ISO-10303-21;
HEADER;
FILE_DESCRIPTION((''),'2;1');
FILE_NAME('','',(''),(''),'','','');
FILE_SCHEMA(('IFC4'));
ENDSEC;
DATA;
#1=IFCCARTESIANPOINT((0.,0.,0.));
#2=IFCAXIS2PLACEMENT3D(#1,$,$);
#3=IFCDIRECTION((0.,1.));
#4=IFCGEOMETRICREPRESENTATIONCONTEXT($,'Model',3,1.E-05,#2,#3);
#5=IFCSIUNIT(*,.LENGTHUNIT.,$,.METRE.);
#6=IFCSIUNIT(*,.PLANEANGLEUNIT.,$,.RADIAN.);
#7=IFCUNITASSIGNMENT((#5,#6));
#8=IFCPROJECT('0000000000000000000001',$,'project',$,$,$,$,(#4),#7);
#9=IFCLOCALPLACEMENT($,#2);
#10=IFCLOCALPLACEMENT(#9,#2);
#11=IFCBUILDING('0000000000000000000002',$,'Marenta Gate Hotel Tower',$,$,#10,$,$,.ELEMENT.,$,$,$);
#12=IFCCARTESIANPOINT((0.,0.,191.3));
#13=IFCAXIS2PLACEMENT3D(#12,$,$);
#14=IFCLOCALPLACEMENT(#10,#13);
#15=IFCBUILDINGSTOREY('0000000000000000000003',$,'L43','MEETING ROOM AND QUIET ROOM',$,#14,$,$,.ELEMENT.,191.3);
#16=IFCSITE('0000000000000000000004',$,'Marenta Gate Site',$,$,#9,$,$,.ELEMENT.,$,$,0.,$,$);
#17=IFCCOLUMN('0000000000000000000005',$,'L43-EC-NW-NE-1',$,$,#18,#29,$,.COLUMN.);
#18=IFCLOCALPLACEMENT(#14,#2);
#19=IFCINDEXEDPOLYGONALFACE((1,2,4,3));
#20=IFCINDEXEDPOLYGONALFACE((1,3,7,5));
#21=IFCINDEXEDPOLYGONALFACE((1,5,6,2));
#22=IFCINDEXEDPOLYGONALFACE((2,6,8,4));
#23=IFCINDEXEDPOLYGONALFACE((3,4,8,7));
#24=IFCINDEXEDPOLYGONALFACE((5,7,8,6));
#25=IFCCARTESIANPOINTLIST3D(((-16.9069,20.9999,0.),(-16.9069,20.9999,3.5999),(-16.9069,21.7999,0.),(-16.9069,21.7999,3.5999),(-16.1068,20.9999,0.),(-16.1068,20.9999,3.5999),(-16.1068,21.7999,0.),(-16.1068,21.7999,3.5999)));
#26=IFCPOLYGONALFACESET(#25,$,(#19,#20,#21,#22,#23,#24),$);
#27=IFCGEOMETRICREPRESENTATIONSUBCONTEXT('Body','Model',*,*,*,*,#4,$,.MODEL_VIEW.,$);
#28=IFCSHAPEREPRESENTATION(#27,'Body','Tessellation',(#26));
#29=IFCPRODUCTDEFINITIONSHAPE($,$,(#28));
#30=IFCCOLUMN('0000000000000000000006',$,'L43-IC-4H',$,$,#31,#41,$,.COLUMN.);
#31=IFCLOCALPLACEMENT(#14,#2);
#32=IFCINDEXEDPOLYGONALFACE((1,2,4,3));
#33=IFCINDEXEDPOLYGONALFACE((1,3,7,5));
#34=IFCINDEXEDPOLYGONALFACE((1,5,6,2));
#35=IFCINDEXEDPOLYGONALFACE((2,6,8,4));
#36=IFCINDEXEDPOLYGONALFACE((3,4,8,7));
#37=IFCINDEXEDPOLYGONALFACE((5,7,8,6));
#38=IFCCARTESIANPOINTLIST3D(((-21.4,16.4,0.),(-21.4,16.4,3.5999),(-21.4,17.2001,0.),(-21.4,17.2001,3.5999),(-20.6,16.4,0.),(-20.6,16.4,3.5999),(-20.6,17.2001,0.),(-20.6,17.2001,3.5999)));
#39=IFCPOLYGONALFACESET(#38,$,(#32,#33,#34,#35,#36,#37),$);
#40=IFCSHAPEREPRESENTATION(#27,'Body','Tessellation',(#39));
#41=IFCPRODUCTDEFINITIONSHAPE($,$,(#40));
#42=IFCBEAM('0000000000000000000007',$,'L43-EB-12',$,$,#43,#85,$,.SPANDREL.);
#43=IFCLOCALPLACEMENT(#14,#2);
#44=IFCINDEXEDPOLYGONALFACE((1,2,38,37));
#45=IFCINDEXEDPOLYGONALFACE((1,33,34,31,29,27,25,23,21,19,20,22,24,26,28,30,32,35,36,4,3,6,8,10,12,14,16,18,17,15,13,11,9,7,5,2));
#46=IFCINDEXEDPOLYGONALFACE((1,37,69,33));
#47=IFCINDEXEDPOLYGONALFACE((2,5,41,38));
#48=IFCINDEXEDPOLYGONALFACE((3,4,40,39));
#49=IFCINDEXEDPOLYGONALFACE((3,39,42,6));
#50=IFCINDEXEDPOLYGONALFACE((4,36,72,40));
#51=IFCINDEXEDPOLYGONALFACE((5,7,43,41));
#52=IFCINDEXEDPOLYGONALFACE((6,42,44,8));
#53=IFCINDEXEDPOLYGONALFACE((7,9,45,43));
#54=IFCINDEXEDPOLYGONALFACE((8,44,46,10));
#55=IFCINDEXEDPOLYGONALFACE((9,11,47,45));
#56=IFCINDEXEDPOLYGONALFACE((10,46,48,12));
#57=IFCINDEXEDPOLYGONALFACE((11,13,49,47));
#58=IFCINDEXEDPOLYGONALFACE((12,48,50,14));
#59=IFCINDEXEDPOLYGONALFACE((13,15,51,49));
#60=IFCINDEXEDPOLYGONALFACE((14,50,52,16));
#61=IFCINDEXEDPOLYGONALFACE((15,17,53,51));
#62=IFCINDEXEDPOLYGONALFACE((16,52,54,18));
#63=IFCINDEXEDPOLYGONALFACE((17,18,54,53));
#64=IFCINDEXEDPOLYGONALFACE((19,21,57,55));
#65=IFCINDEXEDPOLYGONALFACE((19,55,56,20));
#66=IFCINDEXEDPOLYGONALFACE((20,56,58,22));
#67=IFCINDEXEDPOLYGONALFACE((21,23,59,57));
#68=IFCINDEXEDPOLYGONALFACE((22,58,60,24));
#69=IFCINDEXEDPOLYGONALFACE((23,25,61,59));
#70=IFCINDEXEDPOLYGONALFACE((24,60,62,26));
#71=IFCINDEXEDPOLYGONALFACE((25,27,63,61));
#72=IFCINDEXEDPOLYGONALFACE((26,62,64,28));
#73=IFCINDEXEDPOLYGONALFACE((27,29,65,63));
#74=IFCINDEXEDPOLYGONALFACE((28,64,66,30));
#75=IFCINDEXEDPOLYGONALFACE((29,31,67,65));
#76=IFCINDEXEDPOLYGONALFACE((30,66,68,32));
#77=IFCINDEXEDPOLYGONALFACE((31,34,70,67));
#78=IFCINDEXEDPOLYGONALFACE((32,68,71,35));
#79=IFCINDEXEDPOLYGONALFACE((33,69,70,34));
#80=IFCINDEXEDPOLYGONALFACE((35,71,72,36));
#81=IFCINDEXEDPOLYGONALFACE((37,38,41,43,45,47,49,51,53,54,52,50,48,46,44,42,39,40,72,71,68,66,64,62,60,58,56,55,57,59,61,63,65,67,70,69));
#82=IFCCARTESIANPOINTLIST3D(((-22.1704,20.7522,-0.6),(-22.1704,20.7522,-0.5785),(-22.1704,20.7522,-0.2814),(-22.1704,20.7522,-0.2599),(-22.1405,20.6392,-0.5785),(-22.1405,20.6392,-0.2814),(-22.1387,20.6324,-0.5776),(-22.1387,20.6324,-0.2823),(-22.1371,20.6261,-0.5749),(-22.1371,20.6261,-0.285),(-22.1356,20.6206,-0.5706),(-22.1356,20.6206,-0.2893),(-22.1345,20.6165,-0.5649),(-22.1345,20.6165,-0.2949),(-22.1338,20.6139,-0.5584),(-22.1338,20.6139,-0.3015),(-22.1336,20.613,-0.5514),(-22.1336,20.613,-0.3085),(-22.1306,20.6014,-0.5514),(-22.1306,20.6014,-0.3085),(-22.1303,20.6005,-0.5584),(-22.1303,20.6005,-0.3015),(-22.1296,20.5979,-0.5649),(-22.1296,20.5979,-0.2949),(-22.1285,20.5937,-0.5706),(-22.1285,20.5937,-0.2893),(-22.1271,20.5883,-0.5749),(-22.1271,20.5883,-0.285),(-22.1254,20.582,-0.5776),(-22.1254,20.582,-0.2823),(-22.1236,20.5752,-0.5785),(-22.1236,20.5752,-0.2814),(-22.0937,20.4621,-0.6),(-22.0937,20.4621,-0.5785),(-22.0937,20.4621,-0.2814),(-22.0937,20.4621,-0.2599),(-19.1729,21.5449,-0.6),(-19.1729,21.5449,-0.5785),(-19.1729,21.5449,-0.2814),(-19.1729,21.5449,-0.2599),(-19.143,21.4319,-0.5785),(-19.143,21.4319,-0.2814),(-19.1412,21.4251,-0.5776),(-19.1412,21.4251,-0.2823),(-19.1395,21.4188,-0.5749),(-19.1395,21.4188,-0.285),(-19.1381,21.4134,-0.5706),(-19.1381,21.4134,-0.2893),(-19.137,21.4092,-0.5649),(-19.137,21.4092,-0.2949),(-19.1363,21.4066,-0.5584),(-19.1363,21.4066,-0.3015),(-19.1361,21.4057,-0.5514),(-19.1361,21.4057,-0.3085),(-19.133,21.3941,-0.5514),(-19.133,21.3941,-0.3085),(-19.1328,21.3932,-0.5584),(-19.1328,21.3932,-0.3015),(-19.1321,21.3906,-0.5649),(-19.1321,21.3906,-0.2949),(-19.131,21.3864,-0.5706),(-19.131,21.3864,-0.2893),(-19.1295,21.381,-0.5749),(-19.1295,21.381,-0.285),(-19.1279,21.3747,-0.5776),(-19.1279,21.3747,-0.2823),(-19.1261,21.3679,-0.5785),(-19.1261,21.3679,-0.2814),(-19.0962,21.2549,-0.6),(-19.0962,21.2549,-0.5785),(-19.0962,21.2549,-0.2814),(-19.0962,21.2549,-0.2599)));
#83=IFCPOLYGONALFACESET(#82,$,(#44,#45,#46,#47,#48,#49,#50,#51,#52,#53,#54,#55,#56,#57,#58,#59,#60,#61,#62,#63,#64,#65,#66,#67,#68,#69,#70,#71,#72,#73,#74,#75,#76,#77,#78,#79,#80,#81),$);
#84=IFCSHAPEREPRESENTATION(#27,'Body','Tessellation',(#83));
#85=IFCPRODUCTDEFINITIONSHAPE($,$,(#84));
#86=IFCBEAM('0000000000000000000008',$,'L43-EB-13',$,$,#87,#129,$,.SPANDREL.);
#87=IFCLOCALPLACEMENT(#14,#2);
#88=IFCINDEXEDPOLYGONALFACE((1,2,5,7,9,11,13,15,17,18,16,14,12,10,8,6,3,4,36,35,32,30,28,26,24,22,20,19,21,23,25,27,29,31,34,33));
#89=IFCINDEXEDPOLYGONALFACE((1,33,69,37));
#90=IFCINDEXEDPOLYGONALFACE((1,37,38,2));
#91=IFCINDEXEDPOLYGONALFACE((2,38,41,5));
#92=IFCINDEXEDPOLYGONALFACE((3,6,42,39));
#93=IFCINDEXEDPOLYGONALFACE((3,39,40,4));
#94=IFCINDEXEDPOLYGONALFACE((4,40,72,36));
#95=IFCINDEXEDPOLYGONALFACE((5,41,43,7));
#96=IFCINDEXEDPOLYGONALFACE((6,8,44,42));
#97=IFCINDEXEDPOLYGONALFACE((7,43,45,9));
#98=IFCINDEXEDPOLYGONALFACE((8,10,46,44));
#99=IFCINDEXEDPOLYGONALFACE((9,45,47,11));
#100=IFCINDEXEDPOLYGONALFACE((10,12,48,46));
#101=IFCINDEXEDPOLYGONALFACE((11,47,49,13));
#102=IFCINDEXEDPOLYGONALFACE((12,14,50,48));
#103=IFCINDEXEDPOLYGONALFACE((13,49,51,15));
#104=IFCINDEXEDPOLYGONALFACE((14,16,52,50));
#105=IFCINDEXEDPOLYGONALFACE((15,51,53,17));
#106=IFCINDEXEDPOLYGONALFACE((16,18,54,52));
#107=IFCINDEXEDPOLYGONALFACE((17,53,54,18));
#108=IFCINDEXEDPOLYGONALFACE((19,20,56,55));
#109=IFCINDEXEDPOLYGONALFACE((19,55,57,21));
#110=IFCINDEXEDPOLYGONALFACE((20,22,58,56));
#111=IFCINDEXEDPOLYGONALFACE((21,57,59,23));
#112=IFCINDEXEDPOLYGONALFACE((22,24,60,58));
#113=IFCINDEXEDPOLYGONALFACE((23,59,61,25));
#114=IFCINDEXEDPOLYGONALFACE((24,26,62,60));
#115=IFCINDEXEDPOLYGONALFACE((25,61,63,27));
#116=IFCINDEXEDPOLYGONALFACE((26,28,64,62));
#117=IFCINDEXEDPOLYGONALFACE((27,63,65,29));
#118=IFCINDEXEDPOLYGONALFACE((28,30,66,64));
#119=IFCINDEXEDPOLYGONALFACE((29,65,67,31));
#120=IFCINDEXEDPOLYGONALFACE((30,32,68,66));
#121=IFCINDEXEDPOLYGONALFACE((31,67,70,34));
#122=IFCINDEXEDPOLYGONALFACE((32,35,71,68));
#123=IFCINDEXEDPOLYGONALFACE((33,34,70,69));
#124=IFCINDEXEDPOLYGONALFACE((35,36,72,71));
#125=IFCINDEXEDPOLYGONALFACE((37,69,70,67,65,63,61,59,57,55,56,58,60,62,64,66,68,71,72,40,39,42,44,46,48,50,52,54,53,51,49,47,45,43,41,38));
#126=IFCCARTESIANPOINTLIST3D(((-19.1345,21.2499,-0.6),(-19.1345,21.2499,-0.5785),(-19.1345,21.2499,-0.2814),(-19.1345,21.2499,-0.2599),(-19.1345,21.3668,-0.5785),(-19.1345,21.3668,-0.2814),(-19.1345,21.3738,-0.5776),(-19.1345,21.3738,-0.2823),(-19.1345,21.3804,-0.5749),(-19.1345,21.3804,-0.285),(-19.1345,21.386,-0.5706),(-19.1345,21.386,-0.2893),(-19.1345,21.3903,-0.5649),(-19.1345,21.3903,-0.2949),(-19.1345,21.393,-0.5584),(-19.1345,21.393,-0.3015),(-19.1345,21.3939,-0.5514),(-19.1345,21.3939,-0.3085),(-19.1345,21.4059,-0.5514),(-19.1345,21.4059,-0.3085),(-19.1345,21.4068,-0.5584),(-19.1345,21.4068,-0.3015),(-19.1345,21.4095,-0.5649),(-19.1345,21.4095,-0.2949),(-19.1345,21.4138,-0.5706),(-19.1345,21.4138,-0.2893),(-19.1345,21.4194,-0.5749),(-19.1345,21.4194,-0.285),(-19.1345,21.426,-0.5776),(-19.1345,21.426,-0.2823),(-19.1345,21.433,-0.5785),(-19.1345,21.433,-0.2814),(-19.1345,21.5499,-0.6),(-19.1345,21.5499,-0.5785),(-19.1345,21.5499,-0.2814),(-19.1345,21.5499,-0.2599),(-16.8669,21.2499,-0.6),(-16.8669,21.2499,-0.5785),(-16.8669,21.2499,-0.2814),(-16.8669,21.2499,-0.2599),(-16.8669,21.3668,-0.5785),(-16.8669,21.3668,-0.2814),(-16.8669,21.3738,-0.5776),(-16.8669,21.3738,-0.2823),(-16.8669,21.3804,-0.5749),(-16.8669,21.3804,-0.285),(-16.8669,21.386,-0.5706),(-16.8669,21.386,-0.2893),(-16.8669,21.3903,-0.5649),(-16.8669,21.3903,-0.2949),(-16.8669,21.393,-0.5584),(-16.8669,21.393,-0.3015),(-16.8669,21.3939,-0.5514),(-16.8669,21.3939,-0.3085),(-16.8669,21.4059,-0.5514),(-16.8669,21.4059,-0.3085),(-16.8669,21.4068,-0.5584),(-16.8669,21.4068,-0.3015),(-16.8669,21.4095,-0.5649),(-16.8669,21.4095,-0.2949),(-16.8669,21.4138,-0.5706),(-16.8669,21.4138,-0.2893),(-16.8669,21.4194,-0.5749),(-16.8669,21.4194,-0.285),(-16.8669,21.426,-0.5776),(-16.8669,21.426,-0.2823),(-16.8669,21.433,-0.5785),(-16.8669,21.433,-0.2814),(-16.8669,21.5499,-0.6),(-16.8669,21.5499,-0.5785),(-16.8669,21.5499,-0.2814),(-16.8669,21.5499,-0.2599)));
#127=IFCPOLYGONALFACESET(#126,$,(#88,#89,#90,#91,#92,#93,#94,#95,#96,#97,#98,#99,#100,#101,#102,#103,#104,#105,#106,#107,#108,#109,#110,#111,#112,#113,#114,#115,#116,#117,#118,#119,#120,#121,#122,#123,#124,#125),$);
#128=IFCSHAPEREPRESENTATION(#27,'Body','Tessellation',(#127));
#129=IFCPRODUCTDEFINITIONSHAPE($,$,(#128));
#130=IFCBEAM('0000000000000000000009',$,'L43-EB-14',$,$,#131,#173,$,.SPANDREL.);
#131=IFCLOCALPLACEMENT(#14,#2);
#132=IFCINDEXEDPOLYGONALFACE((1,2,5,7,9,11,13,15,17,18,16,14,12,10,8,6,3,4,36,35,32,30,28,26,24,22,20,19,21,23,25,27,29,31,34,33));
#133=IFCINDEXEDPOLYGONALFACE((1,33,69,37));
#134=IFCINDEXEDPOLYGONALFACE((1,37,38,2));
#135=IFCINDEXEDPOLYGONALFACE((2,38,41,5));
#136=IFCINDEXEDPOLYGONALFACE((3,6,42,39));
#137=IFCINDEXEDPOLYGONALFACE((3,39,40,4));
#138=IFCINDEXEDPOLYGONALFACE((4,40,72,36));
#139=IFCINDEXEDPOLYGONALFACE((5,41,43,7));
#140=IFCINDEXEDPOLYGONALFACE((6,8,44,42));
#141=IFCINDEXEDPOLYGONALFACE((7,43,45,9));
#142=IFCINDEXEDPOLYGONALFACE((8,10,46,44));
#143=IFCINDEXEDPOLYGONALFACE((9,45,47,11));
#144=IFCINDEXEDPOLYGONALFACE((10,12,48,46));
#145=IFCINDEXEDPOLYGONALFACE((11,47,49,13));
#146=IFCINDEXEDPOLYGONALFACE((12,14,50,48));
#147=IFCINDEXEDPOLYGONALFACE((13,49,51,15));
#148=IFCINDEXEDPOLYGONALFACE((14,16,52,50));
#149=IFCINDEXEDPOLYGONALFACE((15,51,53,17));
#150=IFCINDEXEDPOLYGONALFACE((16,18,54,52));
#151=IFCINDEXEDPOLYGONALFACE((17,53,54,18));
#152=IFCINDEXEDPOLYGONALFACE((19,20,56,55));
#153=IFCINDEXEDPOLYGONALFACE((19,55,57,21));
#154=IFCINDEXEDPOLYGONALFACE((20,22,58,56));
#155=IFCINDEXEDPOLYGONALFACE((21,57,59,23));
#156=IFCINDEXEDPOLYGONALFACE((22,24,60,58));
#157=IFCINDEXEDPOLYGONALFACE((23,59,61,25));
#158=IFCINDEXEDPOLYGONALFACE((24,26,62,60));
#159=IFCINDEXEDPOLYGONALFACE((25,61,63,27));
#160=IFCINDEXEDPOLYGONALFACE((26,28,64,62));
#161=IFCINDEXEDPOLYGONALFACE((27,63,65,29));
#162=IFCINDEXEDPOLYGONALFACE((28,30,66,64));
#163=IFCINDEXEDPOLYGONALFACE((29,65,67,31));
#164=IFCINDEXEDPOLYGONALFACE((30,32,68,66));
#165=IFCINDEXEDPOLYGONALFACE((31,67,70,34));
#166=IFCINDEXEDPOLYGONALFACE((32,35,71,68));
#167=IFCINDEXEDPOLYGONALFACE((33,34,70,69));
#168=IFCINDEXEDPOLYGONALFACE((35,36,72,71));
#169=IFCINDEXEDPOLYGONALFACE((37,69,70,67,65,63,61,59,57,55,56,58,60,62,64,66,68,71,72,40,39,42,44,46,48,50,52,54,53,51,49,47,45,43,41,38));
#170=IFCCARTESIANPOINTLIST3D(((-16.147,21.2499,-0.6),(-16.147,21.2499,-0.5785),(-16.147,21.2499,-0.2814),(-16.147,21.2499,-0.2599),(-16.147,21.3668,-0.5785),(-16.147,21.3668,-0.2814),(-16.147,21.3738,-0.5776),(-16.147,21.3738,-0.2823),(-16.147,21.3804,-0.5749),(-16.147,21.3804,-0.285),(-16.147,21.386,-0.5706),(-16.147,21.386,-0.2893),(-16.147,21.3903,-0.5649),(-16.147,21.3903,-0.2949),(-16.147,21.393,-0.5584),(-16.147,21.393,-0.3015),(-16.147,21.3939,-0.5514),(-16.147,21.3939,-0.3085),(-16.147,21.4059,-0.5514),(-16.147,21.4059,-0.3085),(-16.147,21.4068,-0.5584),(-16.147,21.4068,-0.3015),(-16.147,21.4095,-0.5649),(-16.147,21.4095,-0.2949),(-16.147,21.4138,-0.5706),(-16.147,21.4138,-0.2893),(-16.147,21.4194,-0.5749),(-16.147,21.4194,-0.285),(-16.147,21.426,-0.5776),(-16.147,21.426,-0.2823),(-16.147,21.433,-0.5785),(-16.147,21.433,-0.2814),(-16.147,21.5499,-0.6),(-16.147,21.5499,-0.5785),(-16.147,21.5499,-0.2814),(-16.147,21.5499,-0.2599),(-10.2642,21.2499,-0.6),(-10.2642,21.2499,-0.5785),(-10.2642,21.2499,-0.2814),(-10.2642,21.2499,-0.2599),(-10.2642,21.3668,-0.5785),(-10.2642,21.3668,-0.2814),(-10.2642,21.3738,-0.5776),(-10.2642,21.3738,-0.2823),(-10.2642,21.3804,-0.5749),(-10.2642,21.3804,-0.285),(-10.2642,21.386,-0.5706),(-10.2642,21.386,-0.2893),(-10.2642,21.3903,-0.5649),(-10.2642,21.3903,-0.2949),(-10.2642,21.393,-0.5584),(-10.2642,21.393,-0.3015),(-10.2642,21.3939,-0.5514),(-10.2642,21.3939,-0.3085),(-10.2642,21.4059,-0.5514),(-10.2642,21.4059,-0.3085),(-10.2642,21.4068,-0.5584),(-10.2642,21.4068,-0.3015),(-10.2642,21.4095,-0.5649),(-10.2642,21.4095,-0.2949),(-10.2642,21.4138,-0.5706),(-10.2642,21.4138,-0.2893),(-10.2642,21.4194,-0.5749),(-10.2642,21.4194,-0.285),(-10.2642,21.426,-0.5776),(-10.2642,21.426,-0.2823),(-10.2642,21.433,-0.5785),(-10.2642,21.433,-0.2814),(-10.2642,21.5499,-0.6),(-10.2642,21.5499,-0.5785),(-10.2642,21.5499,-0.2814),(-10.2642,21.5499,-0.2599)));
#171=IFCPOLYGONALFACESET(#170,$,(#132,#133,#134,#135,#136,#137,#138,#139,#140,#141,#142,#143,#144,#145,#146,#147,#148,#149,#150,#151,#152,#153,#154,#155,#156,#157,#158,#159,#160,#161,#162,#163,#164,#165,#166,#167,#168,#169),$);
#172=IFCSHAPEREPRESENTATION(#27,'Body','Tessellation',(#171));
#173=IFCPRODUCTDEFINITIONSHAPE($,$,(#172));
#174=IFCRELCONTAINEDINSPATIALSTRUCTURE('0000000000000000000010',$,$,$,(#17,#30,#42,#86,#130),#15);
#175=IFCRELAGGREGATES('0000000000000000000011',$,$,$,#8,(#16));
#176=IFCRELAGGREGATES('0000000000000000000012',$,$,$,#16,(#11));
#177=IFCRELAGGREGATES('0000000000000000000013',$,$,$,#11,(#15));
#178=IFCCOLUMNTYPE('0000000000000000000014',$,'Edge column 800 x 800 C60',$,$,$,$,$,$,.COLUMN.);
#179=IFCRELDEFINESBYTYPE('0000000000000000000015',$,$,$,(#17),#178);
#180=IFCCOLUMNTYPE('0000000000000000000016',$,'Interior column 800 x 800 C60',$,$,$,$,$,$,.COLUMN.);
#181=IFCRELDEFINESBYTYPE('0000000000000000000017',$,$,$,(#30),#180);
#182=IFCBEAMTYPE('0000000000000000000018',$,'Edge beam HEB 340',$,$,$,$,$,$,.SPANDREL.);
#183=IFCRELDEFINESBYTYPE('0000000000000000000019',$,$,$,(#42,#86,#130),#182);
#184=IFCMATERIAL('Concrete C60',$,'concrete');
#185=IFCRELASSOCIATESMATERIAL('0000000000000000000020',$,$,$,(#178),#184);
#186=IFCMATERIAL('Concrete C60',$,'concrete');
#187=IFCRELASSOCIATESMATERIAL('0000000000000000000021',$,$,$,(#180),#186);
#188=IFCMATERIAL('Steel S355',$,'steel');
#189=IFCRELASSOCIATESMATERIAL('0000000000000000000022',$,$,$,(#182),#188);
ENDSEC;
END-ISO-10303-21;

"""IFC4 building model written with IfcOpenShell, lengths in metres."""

from ifc_helpers import new_model, si_unit, direction, frame, origin, origin_2d, place, context, subcontext, project, spatial, rectangle, i_section, extrude, material, material_profile, profile_set, type_object, element, save


model = new_model("IFC4")

# Units and contexts
model_context = context("Model", 3, precision=1e-05, world=origin(), true_north=direction((0.0, 1.0)))
body_context = subcontext(model_context, "Body", "Model", "MODEL_VIEW")
ifc_project = project(units=[si_unit("LENGTHUNIT", "METRE"), si_unit("PLANEANGLEUNIT", "RADIAN")], contexts=[model_context])

# Site, building, storey
site_placement = place(None, origin())
site = spatial("IfcSite", under=ifc_project, at=site_placement, Name="Marenta Gate Site", CompositionType="ELEMENT", RefElevation=0.0)
building_placement = place(site_placement, origin())
building = spatial("IfcBuilding", under=site, at=building_placement, Name="Marenta Gate Hotel Tower", CompositionType="ELEMENT")
storey_placement = place(building_placement, frame((0.0, 0.0, 191.3)))
storey = spatial("IfcBuildingStorey", under=building, at=storey_placement, Name="L43", Description="MEETING ROOM AND QUIET ROOM", CompositionType="ELEMENT", Elevation=191.3)

# Columns
ifc_material_1 = material(Name="Concrete C60", Category="concrete")
ifc_material_profile_1 = material_profile(ifc_material_1, rectangle(XDim=0.8, YDim=0.8, at=origin_2d()), Name="800 x 800")
ifc_profile_set_1 = profile_set([ifc_material_profile_1], Name="Concrete C60")
column_type_1 = type_object("IfcColumnType", Name="Edge column 800 x 800 C60", PredefinedType="COLUMN", material=ifc_profile_set_1)
column_1_placement = place(storey_placement, frame((-16.5068, 21.3999, 0.0), z_axis=(0.0, 0.0, 1.0), x_axis=(1.0, 0.0, 0.0)))
element("IfcColumn", 1, at=column_1_placement, inside=storey, type_object=column_type_1, Name="L43-EC-NW-NE-1", PredefinedType="COLUMN", context=body_context, shape_type="SweptSolid", body=[
    extrude(rectangle(XDim=0.8, YDim=0.8, at=origin_2d()), origin(), (0.0, 0.0, 1.0), 3.5999),
])
ifc_material_2 = material(Name="Concrete C60", Category="concrete")
ifc_material_profile_2 = material_profile(ifc_material_2, rectangle(XDim=0.8, YDim=0.8, at=origin_2d()), Name="800 x 800")
ifc_profile_set_2 = profile_set([ifc_material_profile_2], Name="Concrete C60")
column_type_2 = type_object("IfcColumnType", Name="Interior column 800 x 800 C60", PredefinedType="COLUMN", material=ifc_profile_set_2)
column_2_placement = place(storey_placement, frame((-21.0, 16.8, 0.0), z_axis=(0.0, 0.0, 1.0), x_axis=(1.0, 0.0, 0.0)))
element("IfcColumn", 2, at=column_2_placement, inside=storey, type_object=column_type_2, Name="L43-IC-4H", PredefinedType="COLUMN", context=body_context, shape_type="SweptSolid", body=[
    extrude(rectangle(XDim=0.8, YDim=0.8, at=origin_2d()), origin(), (0.0, 0.0, 1.0), 3.5999),
])

# Beams
ifc_material_3 = material(Name="Steel S355", Category="steel")
ifc_material_profile_3 = material_profile(ifc_material_3, i_section(OverallWidth=0.3, OverallDepth=0.3401, WebThickness=0.012, FlangeThickness=0.0215, FilletRadius=0.0271, at=origin_2d()), Name="HEB 340")
ifc_profile_set_3 = profile_set([ifc_material_profile_3], Name="Steel S355")
beam_type_1 = type_object("IfcBeamType", Name="Edge beam HEB 340", PredefinedType="SPANDREL", material=ifc_profile_set_3)
beam_1_placement = place(storey_placement, frame((-22.1321, 20.6072, -0.4299), z_axis=(0.966765, 0.255667, 0.0), x_axis=(-0.255667, 0.966765, 0.0)))
element("IfcBeam", 3, at=beam_1_placement, inside=storey, type_object=beam_type_1, Name="L43-EB-12", PredefinedType="SPANDREL", context=body_context, shape_type="SweptSolid", body=[
    extrude(i_section(OverallWidth=0.3, OverallDepth=0.3401, WebThickness=0.012, FlangeThickness=0.0215, FilletRadius=0.0271, at=origin_2d()), origin(), (0.0, 0.0, 1.0), 3.1006),
])
beam_2_placement = place(storey_placement, frame((-19.1345, 21.3999, -0.4299), z_axis=(1.0, 0.0, 0.0), x_axis=(0.0, 1.0, 0.0)))
element("IfcBeam", 4, at=beam_2_placement, inside=storey, type_object=beam_type_1, Name="L43-EB-13", PredefinedType="SPANDREL", context=body_context, shape_type="SweptSolid", body=[
    extrude(i_section(OverallWidth=0.3, OverallDepth=0.3401, WebThickness=0.012, FlangeThickness=0.0215, FilletRadius=0.0271, at=origin_2d()), origin(), (0.0, 0.0, 1.0), 2.2676),
])
beam_3_placement = place(storey_placement, frame((-16.147, 21.3999, -0.4299), z_axis=(1.0, 0.0, 0.0), x_axis=(0.0, 1.0, 0.0)))
element("IfcBeam", 5, at=beam_3_placement, inside=storey, type_object=beam_type_1, Name="L43-EB-14", PredefinedType="SPANDREL", context=body_context, shape_type="SweptSolid", body=[
    extrude(i_section(OverallWidth=0.3, OverallDepth=0.3401, WebThickness=0.012, FlangeThickness=0.0215, FilletRadius=0.0271, at=origin_2d()), origin(), (0.0, 0.0, 1.0), 5.8828),
])

save(model, "model.ifc")
